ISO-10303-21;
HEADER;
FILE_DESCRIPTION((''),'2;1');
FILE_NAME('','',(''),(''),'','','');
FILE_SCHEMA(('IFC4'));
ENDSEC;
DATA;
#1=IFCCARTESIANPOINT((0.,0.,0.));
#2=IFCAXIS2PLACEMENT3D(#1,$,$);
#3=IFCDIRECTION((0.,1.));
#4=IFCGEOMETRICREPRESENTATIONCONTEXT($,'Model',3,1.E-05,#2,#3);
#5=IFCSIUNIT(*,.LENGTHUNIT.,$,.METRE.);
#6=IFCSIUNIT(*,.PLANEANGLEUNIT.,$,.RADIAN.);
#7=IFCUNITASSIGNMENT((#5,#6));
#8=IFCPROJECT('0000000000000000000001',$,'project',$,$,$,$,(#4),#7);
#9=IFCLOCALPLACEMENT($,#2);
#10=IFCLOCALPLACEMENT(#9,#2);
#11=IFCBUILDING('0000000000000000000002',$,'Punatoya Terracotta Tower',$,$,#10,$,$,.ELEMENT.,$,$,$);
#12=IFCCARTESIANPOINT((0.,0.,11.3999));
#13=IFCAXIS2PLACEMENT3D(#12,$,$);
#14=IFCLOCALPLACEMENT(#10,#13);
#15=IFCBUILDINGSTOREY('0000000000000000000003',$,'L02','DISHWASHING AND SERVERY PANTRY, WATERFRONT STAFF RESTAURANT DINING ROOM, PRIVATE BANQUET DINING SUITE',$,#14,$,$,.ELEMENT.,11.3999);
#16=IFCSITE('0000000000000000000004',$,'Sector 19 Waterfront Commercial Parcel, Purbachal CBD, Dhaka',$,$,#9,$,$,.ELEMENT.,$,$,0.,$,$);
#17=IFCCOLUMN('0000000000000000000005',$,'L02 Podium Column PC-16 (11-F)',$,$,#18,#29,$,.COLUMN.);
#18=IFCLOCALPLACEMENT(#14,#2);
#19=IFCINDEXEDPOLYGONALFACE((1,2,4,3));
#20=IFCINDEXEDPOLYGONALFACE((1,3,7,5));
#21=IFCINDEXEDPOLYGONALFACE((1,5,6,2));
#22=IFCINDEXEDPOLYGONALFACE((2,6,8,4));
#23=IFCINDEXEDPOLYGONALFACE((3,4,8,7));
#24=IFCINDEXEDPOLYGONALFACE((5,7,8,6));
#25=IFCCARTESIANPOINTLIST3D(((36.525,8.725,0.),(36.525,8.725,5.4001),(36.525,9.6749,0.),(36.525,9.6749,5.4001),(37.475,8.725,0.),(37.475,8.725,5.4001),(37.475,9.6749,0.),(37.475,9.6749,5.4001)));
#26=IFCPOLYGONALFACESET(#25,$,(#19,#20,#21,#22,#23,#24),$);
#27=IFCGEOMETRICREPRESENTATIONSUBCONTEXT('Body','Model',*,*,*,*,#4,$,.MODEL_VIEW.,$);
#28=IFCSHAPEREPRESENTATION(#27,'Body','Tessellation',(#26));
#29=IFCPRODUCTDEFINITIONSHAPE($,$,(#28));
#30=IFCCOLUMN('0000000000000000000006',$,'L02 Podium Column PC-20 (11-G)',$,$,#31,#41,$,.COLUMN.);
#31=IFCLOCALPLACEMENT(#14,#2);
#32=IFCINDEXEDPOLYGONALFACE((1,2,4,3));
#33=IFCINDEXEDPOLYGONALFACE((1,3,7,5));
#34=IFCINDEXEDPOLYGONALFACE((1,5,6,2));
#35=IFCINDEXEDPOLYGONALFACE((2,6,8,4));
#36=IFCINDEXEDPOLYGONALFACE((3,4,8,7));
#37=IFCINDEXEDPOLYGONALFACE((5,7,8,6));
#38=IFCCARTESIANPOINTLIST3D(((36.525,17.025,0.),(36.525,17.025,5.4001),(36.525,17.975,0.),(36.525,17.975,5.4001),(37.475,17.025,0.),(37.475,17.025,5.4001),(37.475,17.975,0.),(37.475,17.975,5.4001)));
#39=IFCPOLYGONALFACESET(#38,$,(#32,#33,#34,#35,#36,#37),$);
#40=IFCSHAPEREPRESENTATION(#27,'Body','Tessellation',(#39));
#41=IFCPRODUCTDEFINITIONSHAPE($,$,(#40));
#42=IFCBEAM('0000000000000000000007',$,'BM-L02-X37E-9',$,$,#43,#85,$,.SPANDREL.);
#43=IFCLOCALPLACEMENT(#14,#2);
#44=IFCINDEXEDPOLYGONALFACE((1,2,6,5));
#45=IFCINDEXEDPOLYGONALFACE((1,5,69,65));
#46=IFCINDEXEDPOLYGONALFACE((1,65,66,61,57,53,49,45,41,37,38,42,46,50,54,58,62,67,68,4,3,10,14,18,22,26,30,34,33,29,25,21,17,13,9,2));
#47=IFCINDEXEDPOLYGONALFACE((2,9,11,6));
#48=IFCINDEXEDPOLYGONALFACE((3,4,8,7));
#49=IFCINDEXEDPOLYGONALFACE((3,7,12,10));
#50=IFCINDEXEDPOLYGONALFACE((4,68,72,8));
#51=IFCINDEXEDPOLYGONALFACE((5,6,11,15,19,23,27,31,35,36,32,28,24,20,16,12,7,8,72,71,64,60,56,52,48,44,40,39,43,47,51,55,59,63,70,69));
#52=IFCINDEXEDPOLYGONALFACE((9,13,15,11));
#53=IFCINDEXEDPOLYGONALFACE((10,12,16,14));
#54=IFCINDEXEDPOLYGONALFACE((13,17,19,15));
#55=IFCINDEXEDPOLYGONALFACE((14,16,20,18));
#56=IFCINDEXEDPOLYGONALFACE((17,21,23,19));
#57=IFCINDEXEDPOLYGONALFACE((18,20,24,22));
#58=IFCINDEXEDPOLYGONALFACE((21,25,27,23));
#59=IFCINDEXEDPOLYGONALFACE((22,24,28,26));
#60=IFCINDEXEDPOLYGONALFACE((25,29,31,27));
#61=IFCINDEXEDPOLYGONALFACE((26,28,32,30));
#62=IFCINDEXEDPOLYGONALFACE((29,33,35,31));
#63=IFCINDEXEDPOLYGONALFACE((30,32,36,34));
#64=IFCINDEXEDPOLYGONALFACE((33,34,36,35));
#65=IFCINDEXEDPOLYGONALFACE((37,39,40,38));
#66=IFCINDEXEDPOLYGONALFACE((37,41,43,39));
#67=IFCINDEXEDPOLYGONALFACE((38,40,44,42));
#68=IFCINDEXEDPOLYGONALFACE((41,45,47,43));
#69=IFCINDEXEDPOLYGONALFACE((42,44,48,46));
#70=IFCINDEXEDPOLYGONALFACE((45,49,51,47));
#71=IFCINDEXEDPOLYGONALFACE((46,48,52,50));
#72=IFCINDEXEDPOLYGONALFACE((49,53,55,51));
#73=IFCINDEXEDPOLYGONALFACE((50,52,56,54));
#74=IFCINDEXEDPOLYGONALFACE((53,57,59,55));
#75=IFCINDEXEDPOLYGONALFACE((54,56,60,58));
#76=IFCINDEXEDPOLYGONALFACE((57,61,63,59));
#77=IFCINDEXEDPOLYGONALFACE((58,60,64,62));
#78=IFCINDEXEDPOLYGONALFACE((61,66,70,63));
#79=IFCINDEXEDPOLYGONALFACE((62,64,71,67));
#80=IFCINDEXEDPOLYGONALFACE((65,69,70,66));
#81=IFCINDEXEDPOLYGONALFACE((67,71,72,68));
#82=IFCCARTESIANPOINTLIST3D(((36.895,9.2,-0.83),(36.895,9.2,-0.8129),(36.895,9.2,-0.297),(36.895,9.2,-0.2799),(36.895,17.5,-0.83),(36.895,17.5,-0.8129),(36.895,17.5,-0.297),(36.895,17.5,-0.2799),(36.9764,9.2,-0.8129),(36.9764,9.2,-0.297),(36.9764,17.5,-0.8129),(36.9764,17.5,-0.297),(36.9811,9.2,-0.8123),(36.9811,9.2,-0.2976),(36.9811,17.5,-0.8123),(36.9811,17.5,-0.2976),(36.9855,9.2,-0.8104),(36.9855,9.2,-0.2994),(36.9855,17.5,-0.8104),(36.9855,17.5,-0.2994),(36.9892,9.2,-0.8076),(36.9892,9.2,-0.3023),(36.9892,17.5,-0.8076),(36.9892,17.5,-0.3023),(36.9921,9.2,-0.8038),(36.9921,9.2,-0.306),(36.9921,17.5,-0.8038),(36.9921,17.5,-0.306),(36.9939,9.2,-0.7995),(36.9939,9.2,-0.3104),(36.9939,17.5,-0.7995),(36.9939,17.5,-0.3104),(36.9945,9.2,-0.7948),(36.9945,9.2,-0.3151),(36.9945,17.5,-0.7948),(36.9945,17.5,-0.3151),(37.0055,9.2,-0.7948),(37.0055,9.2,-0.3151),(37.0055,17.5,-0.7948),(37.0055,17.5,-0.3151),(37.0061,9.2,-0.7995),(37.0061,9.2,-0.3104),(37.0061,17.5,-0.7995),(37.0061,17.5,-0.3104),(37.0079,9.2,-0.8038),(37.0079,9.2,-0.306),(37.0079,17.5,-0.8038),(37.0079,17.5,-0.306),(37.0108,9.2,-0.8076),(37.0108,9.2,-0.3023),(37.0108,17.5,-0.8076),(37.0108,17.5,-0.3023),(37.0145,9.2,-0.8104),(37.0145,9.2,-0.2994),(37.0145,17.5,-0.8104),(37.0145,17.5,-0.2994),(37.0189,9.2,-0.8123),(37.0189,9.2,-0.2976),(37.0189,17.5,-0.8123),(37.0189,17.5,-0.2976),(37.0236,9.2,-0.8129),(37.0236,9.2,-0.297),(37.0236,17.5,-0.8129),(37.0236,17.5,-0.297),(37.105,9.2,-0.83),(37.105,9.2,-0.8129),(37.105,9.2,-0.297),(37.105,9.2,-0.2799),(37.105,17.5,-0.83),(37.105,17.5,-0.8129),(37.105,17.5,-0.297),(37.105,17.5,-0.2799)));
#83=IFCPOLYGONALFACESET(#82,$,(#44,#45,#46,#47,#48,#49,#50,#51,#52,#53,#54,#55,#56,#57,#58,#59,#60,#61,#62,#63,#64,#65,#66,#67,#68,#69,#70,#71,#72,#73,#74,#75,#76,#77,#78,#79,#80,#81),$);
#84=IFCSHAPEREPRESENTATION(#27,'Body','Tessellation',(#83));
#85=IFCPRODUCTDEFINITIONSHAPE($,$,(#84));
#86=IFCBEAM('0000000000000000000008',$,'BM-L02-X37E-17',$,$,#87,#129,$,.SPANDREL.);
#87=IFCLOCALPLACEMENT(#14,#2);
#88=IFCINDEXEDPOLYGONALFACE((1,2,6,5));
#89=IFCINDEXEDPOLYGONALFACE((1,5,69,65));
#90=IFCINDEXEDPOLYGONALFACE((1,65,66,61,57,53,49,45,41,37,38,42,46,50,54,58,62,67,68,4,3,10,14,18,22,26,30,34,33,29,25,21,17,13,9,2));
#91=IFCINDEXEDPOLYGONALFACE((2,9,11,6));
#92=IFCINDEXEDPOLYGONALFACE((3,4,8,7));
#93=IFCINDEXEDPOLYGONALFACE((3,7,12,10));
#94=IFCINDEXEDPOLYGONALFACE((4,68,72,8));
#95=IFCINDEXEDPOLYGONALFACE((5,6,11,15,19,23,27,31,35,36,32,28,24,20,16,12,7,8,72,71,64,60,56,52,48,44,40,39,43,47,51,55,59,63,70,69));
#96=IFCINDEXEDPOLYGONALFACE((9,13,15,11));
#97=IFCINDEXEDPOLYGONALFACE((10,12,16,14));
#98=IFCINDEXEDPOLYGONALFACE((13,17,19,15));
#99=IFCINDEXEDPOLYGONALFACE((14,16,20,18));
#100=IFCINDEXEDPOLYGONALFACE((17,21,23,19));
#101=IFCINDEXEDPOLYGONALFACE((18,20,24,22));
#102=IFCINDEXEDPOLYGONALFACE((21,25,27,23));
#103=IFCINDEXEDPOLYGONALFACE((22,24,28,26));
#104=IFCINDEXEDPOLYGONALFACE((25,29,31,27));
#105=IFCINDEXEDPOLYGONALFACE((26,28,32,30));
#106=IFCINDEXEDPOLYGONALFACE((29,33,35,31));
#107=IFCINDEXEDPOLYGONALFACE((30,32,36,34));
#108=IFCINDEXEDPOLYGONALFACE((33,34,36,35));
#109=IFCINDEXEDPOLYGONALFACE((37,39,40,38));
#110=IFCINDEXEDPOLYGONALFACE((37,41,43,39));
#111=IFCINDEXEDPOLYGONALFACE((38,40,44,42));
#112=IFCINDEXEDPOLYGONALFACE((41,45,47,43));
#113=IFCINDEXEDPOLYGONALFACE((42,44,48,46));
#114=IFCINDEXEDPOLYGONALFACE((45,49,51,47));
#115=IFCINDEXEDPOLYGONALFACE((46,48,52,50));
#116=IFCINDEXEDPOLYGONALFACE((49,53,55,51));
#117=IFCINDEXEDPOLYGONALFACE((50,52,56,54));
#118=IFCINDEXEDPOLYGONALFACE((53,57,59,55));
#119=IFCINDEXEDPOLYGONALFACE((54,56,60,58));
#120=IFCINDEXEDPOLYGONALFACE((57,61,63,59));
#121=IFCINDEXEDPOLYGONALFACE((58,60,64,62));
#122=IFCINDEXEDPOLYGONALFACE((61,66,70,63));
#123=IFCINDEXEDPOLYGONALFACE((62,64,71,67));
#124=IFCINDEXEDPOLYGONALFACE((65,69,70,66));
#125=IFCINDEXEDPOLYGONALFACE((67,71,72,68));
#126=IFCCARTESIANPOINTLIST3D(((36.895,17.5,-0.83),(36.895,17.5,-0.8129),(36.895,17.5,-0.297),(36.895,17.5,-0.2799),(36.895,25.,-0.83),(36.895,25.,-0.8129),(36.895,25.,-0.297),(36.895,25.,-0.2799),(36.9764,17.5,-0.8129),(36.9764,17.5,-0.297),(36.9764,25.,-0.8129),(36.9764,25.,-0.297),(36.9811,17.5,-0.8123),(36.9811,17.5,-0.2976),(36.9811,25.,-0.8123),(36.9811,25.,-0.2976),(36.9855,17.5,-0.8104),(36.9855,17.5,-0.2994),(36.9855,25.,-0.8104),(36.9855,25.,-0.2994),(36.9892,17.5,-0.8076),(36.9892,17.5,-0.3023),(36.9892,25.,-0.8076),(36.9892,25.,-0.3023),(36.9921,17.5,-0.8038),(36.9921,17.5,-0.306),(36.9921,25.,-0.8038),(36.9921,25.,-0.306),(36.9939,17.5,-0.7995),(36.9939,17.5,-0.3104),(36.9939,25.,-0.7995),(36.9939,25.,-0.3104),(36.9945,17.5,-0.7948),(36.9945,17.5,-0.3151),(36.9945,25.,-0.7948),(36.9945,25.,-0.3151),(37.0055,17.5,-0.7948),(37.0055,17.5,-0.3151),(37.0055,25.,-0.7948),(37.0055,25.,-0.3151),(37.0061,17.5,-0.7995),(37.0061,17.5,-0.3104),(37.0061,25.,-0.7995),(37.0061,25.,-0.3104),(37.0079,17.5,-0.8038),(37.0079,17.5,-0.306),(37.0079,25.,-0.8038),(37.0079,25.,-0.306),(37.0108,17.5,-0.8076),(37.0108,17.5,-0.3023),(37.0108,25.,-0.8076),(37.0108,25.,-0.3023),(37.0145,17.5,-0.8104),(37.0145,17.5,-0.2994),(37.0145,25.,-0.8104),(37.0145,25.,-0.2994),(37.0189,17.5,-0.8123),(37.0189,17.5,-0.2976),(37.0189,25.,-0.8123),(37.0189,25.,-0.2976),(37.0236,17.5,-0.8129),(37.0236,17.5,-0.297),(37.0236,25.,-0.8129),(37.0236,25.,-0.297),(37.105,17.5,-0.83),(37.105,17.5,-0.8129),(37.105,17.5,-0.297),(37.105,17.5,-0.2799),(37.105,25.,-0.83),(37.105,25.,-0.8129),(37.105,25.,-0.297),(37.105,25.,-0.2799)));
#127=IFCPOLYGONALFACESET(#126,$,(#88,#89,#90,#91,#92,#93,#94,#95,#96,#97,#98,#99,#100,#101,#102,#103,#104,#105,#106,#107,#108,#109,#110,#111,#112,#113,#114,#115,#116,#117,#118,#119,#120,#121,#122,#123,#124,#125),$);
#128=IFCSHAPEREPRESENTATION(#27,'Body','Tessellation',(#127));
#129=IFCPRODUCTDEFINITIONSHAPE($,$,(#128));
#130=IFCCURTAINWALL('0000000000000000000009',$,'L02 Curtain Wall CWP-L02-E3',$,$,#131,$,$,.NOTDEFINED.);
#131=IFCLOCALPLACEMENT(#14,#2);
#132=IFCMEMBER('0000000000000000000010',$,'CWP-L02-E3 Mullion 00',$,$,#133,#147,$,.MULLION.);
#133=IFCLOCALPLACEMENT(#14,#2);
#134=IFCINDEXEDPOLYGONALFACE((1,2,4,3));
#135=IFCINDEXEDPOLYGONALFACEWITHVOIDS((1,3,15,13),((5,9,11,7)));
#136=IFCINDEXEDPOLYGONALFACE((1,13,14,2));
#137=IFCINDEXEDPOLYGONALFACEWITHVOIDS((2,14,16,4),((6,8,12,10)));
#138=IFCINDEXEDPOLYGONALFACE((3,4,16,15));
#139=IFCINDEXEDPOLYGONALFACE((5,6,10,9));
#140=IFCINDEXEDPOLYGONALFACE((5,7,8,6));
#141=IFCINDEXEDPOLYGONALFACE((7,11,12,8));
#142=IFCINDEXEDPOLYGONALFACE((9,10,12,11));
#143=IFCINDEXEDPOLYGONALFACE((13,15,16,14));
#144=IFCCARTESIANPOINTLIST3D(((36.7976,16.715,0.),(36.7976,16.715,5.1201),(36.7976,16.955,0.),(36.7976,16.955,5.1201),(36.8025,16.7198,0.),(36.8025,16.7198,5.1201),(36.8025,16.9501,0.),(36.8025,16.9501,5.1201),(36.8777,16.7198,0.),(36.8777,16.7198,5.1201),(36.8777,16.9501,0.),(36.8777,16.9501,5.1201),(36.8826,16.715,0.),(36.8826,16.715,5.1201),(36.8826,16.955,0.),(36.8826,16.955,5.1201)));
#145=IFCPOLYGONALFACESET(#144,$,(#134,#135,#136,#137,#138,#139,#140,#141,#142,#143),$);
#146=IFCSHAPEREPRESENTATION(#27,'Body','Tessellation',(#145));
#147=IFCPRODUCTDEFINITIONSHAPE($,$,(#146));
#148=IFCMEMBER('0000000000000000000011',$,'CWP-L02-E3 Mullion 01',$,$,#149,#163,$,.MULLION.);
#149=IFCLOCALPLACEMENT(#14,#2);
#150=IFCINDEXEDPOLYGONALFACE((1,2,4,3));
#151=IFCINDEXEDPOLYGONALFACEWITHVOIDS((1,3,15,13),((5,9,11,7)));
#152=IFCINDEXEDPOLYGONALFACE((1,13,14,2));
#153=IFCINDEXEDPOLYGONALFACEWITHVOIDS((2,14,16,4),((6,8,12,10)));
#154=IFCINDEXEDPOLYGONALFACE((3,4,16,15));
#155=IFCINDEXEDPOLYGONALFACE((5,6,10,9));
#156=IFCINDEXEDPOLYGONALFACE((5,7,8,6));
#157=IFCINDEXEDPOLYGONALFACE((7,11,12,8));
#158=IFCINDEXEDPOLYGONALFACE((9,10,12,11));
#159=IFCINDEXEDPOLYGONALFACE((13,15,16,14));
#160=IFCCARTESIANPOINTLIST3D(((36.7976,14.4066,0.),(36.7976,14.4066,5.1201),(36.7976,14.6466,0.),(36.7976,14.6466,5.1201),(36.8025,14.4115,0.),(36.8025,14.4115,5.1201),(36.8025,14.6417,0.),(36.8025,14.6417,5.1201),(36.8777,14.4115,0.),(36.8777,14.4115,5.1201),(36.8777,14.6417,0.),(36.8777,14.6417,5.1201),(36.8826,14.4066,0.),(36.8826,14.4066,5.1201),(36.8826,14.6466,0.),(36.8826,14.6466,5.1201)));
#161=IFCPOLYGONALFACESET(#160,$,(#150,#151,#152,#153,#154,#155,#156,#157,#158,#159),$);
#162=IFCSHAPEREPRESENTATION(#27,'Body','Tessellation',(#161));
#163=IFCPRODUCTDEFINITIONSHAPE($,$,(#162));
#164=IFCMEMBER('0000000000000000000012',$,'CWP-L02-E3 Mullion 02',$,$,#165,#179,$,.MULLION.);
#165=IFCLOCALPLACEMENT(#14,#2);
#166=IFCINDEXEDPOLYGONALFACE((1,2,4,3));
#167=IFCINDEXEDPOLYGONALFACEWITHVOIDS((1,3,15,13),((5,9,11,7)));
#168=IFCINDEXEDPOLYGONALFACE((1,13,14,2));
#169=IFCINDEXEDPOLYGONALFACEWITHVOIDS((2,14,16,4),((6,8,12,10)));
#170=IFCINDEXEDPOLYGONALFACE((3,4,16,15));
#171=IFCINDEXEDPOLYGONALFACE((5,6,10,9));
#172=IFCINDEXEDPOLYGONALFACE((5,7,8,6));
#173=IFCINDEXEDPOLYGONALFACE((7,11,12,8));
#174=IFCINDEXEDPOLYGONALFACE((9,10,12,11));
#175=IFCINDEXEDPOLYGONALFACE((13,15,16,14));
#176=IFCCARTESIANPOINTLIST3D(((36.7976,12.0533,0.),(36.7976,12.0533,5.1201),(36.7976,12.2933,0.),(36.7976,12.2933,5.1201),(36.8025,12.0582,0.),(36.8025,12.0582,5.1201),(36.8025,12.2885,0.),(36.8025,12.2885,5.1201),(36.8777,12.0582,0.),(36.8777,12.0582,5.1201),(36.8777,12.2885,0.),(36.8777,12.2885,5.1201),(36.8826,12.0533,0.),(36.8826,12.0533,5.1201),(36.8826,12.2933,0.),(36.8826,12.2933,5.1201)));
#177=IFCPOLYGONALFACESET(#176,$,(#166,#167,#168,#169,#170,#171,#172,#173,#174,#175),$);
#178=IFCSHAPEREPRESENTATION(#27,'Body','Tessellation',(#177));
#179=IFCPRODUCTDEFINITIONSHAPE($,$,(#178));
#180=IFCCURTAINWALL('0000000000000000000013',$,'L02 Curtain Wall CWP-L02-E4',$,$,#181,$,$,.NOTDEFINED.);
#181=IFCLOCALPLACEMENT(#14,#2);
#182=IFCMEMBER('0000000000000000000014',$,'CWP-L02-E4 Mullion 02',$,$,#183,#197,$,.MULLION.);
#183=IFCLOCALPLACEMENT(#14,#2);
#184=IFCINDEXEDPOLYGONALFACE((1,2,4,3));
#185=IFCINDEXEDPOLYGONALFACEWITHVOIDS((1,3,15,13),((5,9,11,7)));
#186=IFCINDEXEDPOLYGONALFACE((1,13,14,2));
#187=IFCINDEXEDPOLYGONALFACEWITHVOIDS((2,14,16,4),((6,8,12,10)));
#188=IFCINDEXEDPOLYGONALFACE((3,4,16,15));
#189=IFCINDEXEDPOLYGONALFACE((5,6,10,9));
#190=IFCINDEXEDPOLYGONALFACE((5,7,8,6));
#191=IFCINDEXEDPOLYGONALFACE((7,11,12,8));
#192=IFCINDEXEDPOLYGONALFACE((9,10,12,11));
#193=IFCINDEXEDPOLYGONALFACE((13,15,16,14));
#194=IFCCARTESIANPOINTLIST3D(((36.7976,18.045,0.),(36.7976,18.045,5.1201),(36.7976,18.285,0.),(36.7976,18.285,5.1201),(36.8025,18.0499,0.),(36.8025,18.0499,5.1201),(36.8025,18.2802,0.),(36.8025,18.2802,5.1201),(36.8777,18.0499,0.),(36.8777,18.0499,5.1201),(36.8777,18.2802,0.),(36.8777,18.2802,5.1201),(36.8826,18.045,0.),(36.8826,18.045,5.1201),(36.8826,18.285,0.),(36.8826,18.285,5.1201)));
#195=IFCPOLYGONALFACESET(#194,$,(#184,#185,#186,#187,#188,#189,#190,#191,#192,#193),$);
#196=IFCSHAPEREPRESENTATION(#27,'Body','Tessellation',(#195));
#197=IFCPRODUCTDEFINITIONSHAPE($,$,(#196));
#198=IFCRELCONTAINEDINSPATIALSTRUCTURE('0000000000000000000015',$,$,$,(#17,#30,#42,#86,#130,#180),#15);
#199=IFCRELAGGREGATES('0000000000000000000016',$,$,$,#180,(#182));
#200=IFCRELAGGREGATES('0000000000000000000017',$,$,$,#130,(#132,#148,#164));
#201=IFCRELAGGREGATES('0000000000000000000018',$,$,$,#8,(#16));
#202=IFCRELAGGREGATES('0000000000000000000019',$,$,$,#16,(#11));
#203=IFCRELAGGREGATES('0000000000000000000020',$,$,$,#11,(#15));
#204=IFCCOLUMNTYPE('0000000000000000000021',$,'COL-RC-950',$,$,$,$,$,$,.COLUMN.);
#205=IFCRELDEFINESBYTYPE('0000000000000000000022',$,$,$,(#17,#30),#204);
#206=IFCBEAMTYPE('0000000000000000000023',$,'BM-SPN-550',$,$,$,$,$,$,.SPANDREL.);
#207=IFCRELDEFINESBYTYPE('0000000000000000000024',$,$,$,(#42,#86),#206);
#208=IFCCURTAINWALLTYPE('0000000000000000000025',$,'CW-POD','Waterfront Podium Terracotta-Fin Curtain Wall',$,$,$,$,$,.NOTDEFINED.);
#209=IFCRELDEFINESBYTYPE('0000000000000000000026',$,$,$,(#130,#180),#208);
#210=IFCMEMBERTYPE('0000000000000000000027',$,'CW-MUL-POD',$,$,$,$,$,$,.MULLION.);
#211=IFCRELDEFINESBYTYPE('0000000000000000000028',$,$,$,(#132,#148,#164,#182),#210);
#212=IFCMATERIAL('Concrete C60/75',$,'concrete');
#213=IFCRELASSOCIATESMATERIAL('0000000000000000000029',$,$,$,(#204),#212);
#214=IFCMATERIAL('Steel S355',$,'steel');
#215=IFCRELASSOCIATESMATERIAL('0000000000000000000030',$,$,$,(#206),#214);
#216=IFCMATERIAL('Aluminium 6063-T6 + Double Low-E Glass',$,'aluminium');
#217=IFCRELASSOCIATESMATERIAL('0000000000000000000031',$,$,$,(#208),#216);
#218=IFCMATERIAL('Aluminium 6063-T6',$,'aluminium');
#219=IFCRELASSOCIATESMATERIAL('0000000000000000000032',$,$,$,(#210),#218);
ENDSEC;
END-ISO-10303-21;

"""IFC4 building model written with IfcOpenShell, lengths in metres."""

from ifc_helpers import new_model, si_unit, direction, frame, origin, origin_2d, place, context, subcontext, project, spatial, rectangle, hollow_rectangle, i_section, extrude, material, material_profile, profile_set, type_object, element, aggregate, save


model = new_model("IFC4")

# Units and contexts
model_context = context("Model", 3, precision=1e-05, world=origin(), true_north=direction((0.0, 1.0)))
body_context = subcontext(model_context, "Body", "Model", "MODEL_VIEW")
ifc_project = project(units=[si_unit("LENGTHUNIT", "METRE"), si_unit("PLANEANGLEUNIT", "RADIAN")], contexts=[model_context])

# Site, building, storey
site_placement = place(None, origin())
site = spatial("IfcSite", under=ifc_project, at=site_placement, Name="Sector 19 Waterfront Commercial Parcel, Purbachal CBD, Dhaka", CompositionType="ELEMENT", RefElevation=0.0)
building_placement = place(site_placement, origin())
building = spatial("IfcBuilding", under=site, at=building_placement, Name="Punatoya Terracotta Tower", CompositionType="ELEMENT")
storey_placement = place(building_placement, frame((0.0, 0.0, 11.3999)))
storey = spatial("IfcBuildingStorey", under=building, at=storey_placement, Name="L02", Description="DISHWASHING AND SERVERY PANTRY, WATERFRONT STAFF RESTAURANT DINING ROOM, PRIVATE BANQUET DINING SUITE", CompositionType="ELEMENT", Elevation=11.3999)

# Columns
ifc_material_1 = material(Name="Concrete C60/75", Category="concrete")
ifc_material_profile_1 = material_profile(ifc_material_1, rectangle(XDim=0.95, YDim=0.95, at=origin_2d()))
ifc_profile_set_1 = profile_set([ifc_material_profile_1], Name="Concrete C60/75")
column_type = type_object("IfcColumnType", Name="COL-RC-950", PredefinedType="COLUMN", material=ifc_profile_set_1)
for number, where, z_axis, x_axis, name in (
    (1, (37.0, 9.2, 0.0), (0.0, 0.0, 1.0), (1.0, 0.0, 0.0), "L02 Podium Column PC-16 (11-F)"),
    (2, (37.0, 17.5, 0.0), (0.0, 0.0, 1.0), (1.0, 0.0, 0.0), "L02 Podium Column PC-20 (11-G)"),
):
    element("IfcColumn", number, at=place(storey_placement, frame(where, z_axis=z_axis, x_axis=x_axis)), inside=storey, type_object=column_type, Name=name, PredefinedType="COLUMN", context=body_context, shape_type="SweptSolid", body=[
        extrude(rectangle(XDim=0.95, YDim=0.95, at=origin_2d()), origin(), (0.0, 0.0, 1.0), 5.4001),
    ])

# Beams
ifc_material_2 = material(Name="Steel S355", Category="steel")
ifc_material_profile_2 = material_profile(ifc_material_2, i_section(OverallWidth=0.21, OverallDepth=0.55, WebThickness=0.011, FlangeThickness=0.0171, FilletRadius=0.0181, at=origin_2d()))
ifc_profile_set_2 = profile_set([ifc_material_profile_2], Name="Steel S355")
beam_type = type_object("IfcBeamType", Name="BM-SPN-550", PredefinedType="SPANDREL", material=ifc_profile_set_2)
beam_1_placement = place(storey_placement, frame((37.0, 9.2, -0.5549), z_axis=(0.0, 1.0, 0.0), x_axis=(-1.0, 0.0, 0.0)))
element("IfcBeam", 3, at=beam_1_placement, inside=storey, type_object=beam_type, Name="BM-L02-X37E-9", PredefinedType="SPANDREL", context=body_context, shape_type="SweptSolid", body=[
    extrude(i_section(OverallWidth=0.21, OverallDepth=0.55, WebThickness=0.011, FlangeThickness=0.0171, FilletRadius=0.0181, at=origin_2d()), origin(), (0.0, 0.0, 1.0), 8.3),
])
beam_2_placement = place(storey_placement, frame((37.0, 17.5, -0.5549), z_axis=(0.0, 1.0, 0.0), x_axis=(-1.0, 0.0, 0.0)))
element("IfcBeam", 4, at=beam_2_placement, inside=storey, type_object=beam_type, Name="BM-L02-X37E-17", PredefinedType="SPANDREL", context=body_context, shape_type="SweptSolid", body=[
    extrude(i_section(OverallWidth=0.21, OverallDepth=0.55, WebThickness=0.011, FlangeThickness=0.0171, FilletRadius=0.0181, at=origin_2d()), origin(), (0.0, 0.0, 1.0), 7.5),
])

# Curtain wall, members
ifc_material_3 = material(Name="Aluminium 6063-T6 + Double Low-E Glass", Category="aluminium")
curtain_wall_type = type_object("IfcCurtainWallType", Name="CW-POD", Description="Waterfront Podium Terracotta-Fin Curtain Wall", PredefinedType="NOTDEFINED", material=ifc_material_3)
curtain_wall_1_placement = place(storey_placement, origin())
curtain_wall_1 = element("IfcCurtainWall", 5, at=curtain_wall_1_placement, inside=storey, type_object=curtain_wall_type, Name="L02 Curtain Wall CWP-L02-E3", PredefinedType="NOTDEFINED")
ifc_material_4 = material(Name="Aluminium 6063-T6", Category="aluminium")
ifc_material_profile_3 = material_profile(ifc_material_4, hollow_rectangle(XDim=0.085, YDim=0.24, WallThickness=0.0049, at=origin_2d()))
ifc_profile_set_3 = profile_set([ifc_material_profile_3], Name="Aluminium 6063-T6")
member_type_1 = type_object("IfcMemberType", Name="CW-MUL-POD", PredefinedType="MULLION", material=ifc_profile_set_3)
member_1_placement = place(storey_placement, frame((36.8401, 16.835, 0.0), z_axis=(0.0, 0.0, 1.0), x_axis=(1.0, 0.0, 0.0)))
member_1 = element("IfcMember", 6, at=member_1_placement, type_object=member_type_1, Name="CWP-L02-E3 Mullion 00", PredefinedType="MULLION", context=body_context, shape_type="SweptSolid", body=[
    extrude(hollow_rectangle(XDim=0.085, YDim=0.24, WallThickness=0.0049, at=origin_2d()), origin(), (0.0, 0.0, 1.0), 5.1201),
])
member_2_placement = place(storey_placement, frame((36.8401, 14.5266, 0.0), z_axis=(0.0, 0.0, 1.0), x_axis=(1.0, 0.0, 0.0)))
member_2 = element("IfcMember", 7, at=member_2_placement, type_object=member_type_1, Name="CWP-L02-E3 Mullion 01", PredefinedType="MULLION", context=body_context, shape_type="SweptSolid", body=[
    extrude(hollow_rectangle(XDim=0.085, YDim=0.24, WallThickness=0.0049, at=origin_2d()), origin(), (0.0, 0.0, 1.0), 5.1201),
])
member_3_placement = place(storey_placement, frame((36.8401, 12.1733, 0.0), z_axis=(0.0, 0.0, 1.0), x_axis=(1.0, 0.0, 0.0)))
member_3 = element("IfcMember", 8, at=member_3_placement, type_object=member_type_1, Name="CWP-L02-E3 Mullion 02", PredefinedType="MULLION", context=body_context, shape_type="SweptSolid", body=[
    extrude(hollow_rectangle(XDim=0.085, YDim=0.24, WallThickness=0.0049, at=origin_2d()), origin(), (0.0, 0.0, 1.0), 5.1201),
])

# Curtain wall, member
curtain_wall_2_placement = place(storey_placement, origin())
curtain_wall_2 = element("IfcCurtainWall", 9, at=curtain_wall_2_placement, inside=storey, type_object=curtain_wall_type, Name="L02 Curtain Wall CWP-L02-E4", PredefinedType="NOTDEFINED")
member_4_placement = place(storey_placement, frame((36.8401, 18.165, 0.0), z_axis=(0.0, 0.0, 1.0), x_axis=(1.0, 0.0, 0.0)))
member_4 = element("IfcMember", 10, at=member_4_placement, type_object=member_type_1, Name="CWP-L02-E4 Mullion 02", PredefinedType="MULLION", context=body_context, shape_type="SweptSolid", body=[
    extrude(hollow_rectangle(XDim=0.085, YDim=0.24, WallThickness=0.0049, at=origin_2d()), origin(), (0.0, 0.0, 1.0), 5.1201),
])
aggregate(curtain_wall_2, [member_4])

aggregate(curtain_wall_1, [member_1, member_2, member_3])

save(model, "model.ifc")
